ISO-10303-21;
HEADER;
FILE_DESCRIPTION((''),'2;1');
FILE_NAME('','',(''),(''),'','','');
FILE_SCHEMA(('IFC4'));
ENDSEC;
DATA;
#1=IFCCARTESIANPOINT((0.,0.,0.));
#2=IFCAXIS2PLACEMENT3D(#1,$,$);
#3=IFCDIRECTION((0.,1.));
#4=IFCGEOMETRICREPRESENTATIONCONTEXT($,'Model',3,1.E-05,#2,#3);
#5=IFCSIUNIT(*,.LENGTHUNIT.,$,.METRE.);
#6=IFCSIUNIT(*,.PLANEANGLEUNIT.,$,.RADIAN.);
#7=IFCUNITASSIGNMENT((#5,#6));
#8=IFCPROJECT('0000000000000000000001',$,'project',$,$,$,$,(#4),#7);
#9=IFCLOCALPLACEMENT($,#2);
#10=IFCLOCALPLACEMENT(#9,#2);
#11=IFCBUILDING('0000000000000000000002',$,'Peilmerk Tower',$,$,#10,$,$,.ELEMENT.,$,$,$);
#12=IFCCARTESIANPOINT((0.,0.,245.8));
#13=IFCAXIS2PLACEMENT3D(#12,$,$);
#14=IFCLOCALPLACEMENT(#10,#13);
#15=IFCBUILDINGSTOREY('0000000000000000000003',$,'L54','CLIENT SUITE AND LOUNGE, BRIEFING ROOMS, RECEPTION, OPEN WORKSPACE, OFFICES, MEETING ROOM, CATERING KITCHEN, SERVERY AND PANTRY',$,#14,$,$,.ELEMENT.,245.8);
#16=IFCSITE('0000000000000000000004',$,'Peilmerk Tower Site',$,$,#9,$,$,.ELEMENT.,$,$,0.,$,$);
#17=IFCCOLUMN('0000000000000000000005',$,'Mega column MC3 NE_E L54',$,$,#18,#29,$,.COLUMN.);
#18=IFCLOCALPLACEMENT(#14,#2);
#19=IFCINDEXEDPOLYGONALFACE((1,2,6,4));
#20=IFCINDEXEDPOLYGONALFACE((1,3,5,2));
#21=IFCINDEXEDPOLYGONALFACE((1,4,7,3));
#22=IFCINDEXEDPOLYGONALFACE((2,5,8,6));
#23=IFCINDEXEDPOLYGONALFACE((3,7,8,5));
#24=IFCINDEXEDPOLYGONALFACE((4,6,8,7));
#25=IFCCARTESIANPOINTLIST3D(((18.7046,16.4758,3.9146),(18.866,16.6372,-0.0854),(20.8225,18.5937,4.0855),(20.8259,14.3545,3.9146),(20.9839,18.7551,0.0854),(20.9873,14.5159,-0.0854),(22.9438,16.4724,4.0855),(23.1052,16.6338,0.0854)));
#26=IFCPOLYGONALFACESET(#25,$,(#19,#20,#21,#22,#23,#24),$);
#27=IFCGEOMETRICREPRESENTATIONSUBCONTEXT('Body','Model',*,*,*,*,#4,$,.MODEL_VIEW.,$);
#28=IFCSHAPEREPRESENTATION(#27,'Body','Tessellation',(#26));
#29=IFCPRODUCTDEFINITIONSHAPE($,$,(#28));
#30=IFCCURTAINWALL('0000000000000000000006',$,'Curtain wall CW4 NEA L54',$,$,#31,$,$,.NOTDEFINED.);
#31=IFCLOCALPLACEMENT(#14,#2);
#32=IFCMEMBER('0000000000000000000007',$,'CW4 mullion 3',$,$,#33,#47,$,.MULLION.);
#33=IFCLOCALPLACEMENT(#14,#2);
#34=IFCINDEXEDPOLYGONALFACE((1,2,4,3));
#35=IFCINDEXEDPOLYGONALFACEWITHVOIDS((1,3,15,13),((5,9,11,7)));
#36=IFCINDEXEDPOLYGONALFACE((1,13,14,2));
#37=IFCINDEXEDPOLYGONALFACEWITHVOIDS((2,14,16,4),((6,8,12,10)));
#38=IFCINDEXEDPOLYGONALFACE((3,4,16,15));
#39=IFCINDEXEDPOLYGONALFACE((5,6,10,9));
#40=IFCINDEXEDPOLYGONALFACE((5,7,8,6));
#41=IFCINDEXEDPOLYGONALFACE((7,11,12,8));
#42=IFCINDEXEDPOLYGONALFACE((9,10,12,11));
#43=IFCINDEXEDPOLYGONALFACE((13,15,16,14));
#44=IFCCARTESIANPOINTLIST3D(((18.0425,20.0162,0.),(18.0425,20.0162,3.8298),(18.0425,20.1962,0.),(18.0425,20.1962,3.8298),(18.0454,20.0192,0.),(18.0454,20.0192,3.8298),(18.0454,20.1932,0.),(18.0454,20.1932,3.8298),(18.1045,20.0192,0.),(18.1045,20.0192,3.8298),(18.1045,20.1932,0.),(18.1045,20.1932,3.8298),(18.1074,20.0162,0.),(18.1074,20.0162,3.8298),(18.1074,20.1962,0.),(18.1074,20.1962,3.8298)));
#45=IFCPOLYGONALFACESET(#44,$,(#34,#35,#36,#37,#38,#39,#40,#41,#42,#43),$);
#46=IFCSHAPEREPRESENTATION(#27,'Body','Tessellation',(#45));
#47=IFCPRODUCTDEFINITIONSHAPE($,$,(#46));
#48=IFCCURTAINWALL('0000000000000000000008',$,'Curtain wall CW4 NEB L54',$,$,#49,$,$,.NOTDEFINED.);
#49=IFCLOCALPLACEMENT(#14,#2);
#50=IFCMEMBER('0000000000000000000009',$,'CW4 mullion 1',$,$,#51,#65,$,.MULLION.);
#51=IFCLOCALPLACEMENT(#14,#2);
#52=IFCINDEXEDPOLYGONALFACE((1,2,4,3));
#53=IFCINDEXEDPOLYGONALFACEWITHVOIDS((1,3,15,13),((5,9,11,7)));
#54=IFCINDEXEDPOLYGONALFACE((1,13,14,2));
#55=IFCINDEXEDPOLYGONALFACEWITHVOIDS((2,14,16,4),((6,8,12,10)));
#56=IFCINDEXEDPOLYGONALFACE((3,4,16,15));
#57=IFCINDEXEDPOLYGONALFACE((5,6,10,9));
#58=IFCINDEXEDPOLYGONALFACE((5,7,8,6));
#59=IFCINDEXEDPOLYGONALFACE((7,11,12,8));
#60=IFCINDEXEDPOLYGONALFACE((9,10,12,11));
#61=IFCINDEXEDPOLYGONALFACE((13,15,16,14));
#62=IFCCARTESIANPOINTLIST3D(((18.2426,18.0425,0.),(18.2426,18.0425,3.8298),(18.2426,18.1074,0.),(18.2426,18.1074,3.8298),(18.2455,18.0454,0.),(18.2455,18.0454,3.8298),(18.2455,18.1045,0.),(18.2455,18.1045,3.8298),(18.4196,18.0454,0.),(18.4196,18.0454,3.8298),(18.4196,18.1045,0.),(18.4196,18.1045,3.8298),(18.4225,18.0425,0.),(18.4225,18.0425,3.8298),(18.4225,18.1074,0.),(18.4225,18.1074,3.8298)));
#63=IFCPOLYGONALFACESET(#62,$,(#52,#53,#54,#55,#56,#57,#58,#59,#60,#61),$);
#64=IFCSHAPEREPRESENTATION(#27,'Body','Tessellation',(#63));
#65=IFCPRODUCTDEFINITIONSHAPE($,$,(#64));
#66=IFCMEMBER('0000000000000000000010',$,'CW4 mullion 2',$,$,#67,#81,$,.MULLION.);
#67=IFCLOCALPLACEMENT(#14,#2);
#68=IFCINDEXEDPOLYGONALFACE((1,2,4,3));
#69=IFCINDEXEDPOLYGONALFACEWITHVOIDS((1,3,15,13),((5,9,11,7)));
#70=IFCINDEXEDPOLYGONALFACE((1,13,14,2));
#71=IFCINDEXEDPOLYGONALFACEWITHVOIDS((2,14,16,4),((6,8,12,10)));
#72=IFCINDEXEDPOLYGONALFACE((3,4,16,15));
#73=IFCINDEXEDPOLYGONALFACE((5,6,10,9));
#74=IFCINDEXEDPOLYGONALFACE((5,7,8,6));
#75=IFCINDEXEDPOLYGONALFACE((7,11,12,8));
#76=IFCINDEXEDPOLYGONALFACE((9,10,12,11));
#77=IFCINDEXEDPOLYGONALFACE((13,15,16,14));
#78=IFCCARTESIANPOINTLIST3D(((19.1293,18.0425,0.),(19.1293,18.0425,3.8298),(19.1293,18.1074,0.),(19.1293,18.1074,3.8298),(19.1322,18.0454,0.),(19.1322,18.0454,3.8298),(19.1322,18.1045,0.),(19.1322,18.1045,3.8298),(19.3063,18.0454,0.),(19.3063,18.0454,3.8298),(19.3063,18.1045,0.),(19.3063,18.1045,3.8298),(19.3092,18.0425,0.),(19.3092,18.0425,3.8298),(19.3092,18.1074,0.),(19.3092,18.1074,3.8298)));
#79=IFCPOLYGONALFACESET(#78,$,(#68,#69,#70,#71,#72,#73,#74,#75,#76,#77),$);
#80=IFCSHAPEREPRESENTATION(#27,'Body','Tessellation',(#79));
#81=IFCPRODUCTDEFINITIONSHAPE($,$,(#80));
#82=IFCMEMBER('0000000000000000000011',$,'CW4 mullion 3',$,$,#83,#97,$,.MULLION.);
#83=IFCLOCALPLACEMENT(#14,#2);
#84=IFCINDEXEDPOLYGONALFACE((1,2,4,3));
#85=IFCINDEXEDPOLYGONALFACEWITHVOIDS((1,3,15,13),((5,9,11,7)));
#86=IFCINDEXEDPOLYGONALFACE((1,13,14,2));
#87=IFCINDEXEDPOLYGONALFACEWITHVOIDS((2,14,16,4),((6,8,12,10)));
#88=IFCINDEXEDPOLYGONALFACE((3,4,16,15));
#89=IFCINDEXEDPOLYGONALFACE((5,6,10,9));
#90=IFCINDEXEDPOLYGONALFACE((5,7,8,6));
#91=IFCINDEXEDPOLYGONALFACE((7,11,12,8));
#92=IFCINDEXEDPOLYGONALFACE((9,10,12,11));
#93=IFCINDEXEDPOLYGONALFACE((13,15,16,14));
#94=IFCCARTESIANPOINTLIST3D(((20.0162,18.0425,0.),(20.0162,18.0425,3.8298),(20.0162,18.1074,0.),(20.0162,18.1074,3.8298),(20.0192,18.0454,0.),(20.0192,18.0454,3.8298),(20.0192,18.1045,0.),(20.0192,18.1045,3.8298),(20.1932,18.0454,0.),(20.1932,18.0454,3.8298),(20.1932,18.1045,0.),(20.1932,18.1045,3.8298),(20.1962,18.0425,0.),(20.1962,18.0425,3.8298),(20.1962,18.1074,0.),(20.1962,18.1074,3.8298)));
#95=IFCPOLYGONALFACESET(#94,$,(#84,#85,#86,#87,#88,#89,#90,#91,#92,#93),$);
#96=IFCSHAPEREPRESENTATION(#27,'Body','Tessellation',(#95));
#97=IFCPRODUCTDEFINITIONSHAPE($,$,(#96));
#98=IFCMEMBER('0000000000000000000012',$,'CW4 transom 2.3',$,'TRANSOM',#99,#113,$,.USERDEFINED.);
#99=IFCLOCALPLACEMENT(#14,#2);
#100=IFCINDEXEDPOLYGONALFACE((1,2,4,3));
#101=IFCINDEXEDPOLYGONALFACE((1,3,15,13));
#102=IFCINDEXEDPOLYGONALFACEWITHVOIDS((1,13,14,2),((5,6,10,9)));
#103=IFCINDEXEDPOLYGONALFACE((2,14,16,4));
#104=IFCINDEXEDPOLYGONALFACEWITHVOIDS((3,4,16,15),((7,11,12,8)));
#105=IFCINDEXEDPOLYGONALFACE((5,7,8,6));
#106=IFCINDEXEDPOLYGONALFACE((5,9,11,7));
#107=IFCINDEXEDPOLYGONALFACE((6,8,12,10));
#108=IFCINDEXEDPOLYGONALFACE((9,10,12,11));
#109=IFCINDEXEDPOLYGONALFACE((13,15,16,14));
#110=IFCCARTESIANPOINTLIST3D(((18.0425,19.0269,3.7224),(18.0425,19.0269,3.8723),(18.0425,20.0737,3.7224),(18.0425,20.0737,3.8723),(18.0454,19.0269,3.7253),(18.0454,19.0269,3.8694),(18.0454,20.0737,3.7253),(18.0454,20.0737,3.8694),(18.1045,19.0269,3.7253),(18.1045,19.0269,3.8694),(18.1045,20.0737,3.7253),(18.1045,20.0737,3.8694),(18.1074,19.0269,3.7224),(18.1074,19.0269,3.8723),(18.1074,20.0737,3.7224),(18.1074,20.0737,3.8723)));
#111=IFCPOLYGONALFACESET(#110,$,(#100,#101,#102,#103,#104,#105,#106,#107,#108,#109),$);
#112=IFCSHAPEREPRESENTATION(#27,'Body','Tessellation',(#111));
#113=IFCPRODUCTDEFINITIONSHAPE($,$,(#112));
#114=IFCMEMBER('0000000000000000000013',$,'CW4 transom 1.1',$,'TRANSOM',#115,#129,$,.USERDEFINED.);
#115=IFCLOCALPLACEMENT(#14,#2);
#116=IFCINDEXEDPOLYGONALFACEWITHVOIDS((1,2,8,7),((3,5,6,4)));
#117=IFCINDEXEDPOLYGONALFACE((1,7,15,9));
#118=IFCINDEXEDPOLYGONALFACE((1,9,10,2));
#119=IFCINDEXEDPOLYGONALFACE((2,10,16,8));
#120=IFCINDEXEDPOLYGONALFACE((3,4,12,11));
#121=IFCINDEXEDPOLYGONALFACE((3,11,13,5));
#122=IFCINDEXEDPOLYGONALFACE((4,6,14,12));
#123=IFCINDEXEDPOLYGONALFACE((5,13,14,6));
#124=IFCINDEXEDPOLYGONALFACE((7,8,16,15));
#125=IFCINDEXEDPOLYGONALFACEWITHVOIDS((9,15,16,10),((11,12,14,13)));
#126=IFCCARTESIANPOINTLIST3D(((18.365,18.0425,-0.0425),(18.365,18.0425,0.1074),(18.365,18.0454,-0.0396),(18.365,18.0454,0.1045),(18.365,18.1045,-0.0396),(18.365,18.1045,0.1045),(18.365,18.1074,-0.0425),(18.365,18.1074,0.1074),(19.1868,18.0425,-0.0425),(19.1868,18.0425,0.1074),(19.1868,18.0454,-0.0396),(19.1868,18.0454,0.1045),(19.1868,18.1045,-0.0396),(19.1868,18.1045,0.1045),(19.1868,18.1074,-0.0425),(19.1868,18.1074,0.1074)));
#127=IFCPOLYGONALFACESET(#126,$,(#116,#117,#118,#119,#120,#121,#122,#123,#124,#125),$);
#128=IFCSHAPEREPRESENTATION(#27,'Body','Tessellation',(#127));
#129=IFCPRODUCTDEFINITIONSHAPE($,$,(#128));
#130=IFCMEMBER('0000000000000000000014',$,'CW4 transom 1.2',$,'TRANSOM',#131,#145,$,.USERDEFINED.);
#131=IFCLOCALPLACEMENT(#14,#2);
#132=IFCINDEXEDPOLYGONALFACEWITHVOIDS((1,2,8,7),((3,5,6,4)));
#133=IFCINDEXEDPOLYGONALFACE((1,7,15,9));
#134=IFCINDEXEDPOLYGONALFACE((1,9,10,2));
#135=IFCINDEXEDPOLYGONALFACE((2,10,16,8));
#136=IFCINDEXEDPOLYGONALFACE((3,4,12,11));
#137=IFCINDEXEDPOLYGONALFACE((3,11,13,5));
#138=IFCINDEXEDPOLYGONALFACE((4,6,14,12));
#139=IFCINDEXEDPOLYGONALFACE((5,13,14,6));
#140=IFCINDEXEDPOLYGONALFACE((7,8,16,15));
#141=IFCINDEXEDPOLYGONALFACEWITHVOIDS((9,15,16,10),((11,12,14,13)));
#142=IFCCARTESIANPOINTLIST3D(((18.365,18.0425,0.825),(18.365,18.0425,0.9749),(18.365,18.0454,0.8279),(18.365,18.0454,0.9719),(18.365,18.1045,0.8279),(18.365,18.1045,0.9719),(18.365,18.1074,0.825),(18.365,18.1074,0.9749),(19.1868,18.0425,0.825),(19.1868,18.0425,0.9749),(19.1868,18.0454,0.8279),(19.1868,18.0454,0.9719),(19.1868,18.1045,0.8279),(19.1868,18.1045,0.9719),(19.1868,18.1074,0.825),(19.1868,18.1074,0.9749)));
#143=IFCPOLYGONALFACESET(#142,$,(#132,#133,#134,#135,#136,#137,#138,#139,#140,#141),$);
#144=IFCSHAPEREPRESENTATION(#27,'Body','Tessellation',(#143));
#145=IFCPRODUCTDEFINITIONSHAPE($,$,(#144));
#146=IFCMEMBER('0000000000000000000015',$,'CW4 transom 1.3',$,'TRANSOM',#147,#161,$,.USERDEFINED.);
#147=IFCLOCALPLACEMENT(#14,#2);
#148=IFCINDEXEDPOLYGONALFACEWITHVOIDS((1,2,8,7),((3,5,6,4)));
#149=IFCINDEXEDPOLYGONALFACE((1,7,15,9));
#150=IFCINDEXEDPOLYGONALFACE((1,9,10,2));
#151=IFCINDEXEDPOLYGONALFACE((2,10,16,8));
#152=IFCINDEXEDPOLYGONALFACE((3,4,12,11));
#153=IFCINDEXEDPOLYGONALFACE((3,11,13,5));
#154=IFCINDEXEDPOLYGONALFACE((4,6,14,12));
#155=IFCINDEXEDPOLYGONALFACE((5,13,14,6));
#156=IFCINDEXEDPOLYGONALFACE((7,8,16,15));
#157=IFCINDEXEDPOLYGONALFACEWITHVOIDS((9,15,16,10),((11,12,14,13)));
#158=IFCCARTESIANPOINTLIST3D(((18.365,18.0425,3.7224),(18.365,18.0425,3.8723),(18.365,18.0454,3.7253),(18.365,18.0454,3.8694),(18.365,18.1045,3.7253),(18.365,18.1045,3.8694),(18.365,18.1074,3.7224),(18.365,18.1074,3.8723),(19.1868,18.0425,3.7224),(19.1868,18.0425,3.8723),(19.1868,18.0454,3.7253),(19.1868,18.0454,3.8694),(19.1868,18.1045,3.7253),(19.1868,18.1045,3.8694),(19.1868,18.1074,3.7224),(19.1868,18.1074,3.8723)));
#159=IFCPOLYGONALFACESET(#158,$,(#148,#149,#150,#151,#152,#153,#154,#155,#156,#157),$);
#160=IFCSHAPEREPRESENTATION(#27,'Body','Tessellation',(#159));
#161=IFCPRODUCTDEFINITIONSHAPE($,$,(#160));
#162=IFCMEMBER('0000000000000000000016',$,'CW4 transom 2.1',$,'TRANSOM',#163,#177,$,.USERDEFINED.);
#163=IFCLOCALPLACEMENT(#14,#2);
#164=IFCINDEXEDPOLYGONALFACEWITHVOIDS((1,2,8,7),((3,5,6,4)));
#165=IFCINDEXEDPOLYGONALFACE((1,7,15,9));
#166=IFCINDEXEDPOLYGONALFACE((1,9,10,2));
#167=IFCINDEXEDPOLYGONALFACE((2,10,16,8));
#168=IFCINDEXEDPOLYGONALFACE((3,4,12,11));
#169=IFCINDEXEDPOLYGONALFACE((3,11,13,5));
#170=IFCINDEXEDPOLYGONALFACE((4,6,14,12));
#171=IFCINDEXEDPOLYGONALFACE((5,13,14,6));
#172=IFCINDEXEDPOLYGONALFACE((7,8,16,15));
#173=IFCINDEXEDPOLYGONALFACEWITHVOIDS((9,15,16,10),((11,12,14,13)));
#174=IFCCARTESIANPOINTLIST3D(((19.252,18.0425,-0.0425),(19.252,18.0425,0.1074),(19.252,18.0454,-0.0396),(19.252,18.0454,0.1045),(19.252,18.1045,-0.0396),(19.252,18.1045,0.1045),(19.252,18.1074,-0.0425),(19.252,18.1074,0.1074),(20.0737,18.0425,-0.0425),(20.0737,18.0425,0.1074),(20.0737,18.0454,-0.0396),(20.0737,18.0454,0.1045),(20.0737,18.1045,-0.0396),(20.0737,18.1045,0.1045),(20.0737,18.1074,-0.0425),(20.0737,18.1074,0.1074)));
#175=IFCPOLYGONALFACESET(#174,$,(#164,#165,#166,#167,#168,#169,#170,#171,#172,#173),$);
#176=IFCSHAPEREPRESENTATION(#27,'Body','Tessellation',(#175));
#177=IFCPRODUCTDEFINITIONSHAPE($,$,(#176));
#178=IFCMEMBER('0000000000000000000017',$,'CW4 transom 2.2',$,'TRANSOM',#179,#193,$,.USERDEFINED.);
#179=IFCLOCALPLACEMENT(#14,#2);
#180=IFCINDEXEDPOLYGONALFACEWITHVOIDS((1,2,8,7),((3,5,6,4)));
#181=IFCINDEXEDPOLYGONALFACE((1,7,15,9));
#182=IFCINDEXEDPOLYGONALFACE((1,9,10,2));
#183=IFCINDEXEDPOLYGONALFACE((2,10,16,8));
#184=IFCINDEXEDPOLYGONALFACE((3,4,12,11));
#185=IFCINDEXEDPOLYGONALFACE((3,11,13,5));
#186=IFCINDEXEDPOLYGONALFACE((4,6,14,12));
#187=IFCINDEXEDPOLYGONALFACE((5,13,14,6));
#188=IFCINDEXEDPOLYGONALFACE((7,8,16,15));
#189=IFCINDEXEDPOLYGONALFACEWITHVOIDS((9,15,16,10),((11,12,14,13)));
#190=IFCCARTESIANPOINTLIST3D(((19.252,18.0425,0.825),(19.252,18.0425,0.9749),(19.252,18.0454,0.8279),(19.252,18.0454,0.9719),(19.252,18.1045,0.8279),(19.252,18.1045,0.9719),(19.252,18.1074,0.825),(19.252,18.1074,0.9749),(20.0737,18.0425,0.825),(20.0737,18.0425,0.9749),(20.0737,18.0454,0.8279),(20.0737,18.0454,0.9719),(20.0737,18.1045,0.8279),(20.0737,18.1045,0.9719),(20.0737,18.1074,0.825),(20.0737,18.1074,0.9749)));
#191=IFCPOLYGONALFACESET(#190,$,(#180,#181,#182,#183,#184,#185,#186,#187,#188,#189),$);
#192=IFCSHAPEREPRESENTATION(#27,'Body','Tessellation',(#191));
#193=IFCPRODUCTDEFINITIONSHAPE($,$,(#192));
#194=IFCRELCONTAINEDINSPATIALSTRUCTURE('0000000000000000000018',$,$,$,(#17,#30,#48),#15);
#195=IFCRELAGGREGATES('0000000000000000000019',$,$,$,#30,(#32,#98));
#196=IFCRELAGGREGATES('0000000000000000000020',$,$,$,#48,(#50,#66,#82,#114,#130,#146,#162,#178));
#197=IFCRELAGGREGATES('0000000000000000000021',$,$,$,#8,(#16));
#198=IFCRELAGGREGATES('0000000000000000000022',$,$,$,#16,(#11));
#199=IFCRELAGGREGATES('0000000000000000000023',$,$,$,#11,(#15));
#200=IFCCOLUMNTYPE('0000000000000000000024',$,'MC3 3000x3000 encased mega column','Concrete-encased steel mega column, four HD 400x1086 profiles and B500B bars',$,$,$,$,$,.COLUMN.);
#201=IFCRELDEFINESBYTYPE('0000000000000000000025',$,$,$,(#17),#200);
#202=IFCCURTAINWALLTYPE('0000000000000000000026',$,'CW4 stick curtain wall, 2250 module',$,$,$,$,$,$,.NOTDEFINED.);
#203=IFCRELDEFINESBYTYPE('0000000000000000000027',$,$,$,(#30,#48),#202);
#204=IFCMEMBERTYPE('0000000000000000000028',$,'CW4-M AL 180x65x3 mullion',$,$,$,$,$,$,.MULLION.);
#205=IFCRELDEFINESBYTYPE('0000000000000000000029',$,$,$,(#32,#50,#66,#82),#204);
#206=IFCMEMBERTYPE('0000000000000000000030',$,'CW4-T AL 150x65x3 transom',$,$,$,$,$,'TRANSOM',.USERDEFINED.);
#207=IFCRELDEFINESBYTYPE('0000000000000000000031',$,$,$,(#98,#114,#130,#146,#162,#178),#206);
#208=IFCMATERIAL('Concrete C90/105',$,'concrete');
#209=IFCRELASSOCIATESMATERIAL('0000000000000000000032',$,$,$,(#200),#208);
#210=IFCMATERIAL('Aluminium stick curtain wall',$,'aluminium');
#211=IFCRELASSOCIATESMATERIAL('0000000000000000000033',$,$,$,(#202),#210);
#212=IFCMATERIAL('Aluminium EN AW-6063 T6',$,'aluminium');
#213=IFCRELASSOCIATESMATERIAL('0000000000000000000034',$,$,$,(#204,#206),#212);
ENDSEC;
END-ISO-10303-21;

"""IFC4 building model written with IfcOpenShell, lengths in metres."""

from ifc_helpers import new_model, si_unit, direction, frame, origin, origin_2d, place, context, subcontext, project, spatial, rectangle, hollow_rectangle, extrude, material, material_profile, profile_set, type_object, element, aggregate, save


model = new_model("IFC4")

# Units and contexts
model_context = context("Model", 3, precision=1e-05, world=origin(), true_north=direction((0.0, 1.0)))
body_context = subcontext(model_context, "Body", "Model", "MODEL_VIEW")
ifc_project = project(units=[si_unit("LENGTHUNIT", "METRE"), si_unit("PLANEANGLEUNIT", "RADIAN")], contexts=[model_context])

# Site, building, storey
site_placement = place(None, origin())
site = spatial("IfcSite", under=ifc_project, at=site_placement, Name="Peilmerk Tower Site", CompositionType="ELEMENT", RefElevation=0.0)
building_placement = place(site_placement, origin())
building = spatial("IfcBuilding", under=site, at=building_placement, Name="Peilmerk Tower", CompositionType="ELEMENT")
storey_placement = place(building_placement, frame((0.0, 0.0, 245.8)))
storey = spatial("IfcBuildingStorey", under=building, at=storey_placement, Name="L54", Description="CLIENT SUITE AND LOUNGE, BRIEFING ROOMS, RECEPTION, OPEN WORKSPACE, OFFICES, MEETING ROOM, CATERING KITCHEN, SERVERY AND PANTRY", CompositionType="ELEMENT", Elevation=245.8)

# Column
ifc_material_1 = material(Name="Concrete C90/105", Category="concrete")
ifc_material_profile_1 = material_profile(ifc_material_1, rectangle(XDim=3.0, YDim=3.0, at=origin_2d()), Name="RC 3000x3000")
ifc_profile_set_1 = profile_set([ifc_material_profile_1], Name="Concrete C90/105")
column_type = type_object("IfcColumnType", Name="MC3 3000x3000 encased mega column", Description="Concrete-encased steel mega column, four HD 400x1086 profiles and B500B bars", PredefinedType="COLUMN", material=ifc_profile_set_1)
column_placement = place(storey_placement, frame((20.9856, 16.6355, 0.0), z_axis=(-0.040279, -0.040279, 0.998376), x_axis=(0.707107, -0.707107, 0.0)))
element("IfcColumn", 1, at=column_placement, inside=storey, type_object=column_type, Name="Mega column MC3 NE_E L54", PredefinedType="COLUMN", context=body_context, shape_type="SweptSolid", body=[
    extrude(rectangle(XDim=3.0, YDim=3.0, at=origin_2d()), origin(), (0.0, 0.0, 1.0), 4.0066),
])

# Curtain wall, member
ifc_material_2 = material(Name="Aluminium stick curtain wall", Category="aluminium")
curtain_wall_type = type_object("IfcCurtainWallType", Name="CW4 stick curtain wall, 2250 module", PredefinedType="NOTDEFINED", material=ifc_material_2)
curtain_wall_1_placement = place(storey_placement, origin())
curtain_wall_1 = element("IfcCurtainWall", 2, at=curtain_wall_1_placement, inside=storey, type_object=curtain_wall_type, Name="Curtain wall CW4 NEA L54", PredefinedType="NOTDEFINED")
ifc_material_3 = material(Name="Aluminium EN AW-6063 T6", Category="aluminium")
ifc_material_profile_2 = material_profile(ifc_material_3, hollow_rectangle(XDim=0.0649, YDim=0.1799, WallThickness=0.0029, at=origin_2d()), Name="AL 180x65x3")
ifc_profile_set_2 = profile_set([ifc_material_profile_2], Name="Aluminium EN AW-6063 T6")
member_type_1 = type_object("IfcMemberType", Name="CW4-M AL 180x65x3 mullion", PredefinedType="MULLION", material=ifc_profile_set_2)
member_1_placement = place(storey_placement, frame((18.075, 20.1062, 0.0), z_axis=(0.0, 0.0, 1.0), x_axis=(-1.0, 0.0, 0.0)))
member_1 = element("IfcMember", 3, at=member_1_placement, type_object=member_type_1, Name="CW4 mullion 3", PredefinedType="MULLION", context=body_context, shape_type="SweptSolid", body=[
    extrude(hollow_rectangle(XDim=0.0649, YDim=0.1799, WallThickness=0.0029, at=origin_2d()), origin(), (0.0, 0.0, 1.0), 3.8298),
])

# Curtain wall, members
curtain_wall_2_placement = place(storey_placement, origin())
curtain_wall_2 = element("IfcCurtainWall", 4, at=curtain_wall_2_placement, inside=storey, type_object=curtain_wall_type, Name="Curtain wall CW4 NEB L54", PredefinedType="NOTDEFINED")
member_2_placement = place(storey_placement, frame((18.3325, 18.075, 0.0), z_axis=(0.0, 0.0, 1.0), x_axis=(0.0, 1.0, 0.0)))
member_2 = element("IfcMember", 5, at=member_2_placement, type_object=member_type_1, Name="CW4 mullion 1", PredefinedType="MULLION", context=body_context, shape_type="SweptSolid", body=[
    extrude(hollow_rectangle(XDim=0.0649, YDim=0.1799, WallThickness=0.0029, at=origin_2d()), origin(), (0.0, 0.0, 1.0), 3.8298),
])
member_3_placement = place(storey_placement, frame((19.2192, 18.075, 0.0), z_axis=(0.0, 0.0, 1.0), x_axis=(0.0, 1.0, 0.0)))
member_3 = element("IfcMember", 6, at=member_3_placement, type_object=member_type_1, Name="CW4 mullion 2", PredefinedType="MULLION", context=body_context, shape_type="SweptSolid", body=[
    extrude(hollow_rectangle(XDim=0.0649, YDim=0.1799, WallThickness=0.0029, at=origin_2d()), origin(), (0.0, 0.0, 1.0), 3.8298),
])
member_4_placement = place(storey_placement, frame((20.1062, 18.075, 0.0), z_axis=(0.0, 0.0, 1.0), x_axis=(0.0, 1.0, 0.0)))
member_4 = element("IfcMember", 7, at=member_4_placement, type_object=member_type_1, Name="CW4 mullion 3", PredefinedType="MULLION", context=body_context, shape_type="SweptSolid", body=[
    extrude(hollow_rectangle(XDim=0.0649, YDim=0.1799, WallThickness=0.0029, at=origin_2d()), origin(), (0.0, 0.0, 1.0), 3.8298),
])

# Members
ifc_material_profile_3 = material_profile(ifc_material_3, hollow_rectangle(XDim=0.0649, YDim=0.1499, WallThickness=0.0029, at=origin_2d()), Name="AL 150x65x3")
ifc_profile_set_3 = profile_set([ifc_material_profile_3], Name="Aluminium EN AW-6063 T6")
member_type_2 = type_object("IfcMemberType", Name="CW4-T AL 150x65x3 transom", ElementType="TRANSOM", PredefinedType="USERDEFINED", material=ifc_profile_set_3)
member_5_placement = place(storey_placement, frame((18.075, 19.0269, 3.7974), z_axis=(0.0, 1.0, 0.0), x_axis=(-1.0, 0.0, 0.0)))
member_5 = element("IfcMember", 8, at=member_5_placement, type_object=member_type_2, Name="CW4 transom 2.3", ObjectType="TRANSOM", PredefinedType="USERDEFINED", context=body_context, shape_type="SweptSolid", body=[
    extrude(hollow_rectangle(XDim=0.0649, YDim=0.1499, WallThickness=0.0029, at=origin_2d()), origin(), (0.0, 0.0, 1.0), 1.0469),
])
member_6_placement = place(storey_placement, frame((18.365, 18.075, 0.0325), z_axis=(1.0, 0.0, 0.0), x_axis=(0.0, 1.0, 0.0)))
member_6 = element("IfcMember", 9, at=member_6_placement, type_object=member_type_2, Name="CW4 transom 1.1", ObjectType="TRANSOM", PredefinedType="USERDEFINED", context=body_context, shape_type="SweptSolid", body=[
    extrude(hollow_rectangle(XDim=0.0649, YDim=0.1499, WallThickness=0.0029, at=origin_2d()), origin(), (0.0, 0.0, 1.0), 0.8218),
])
member_7_placement = place(storey_placement, frame((18.365, 18.075, 0.8999), z_axis=(1.0, 0.0, 0.0), x_axis=(0.0, 1.0, 0.0)))
member_7 = element("IfcMember", 10, at=member_7_placement, type_object=member_type_2, Name="CW4 transom 1.2", ObjectType="TRANSOM", PredefinedType="USERDEFINED", context=body_context, shape_type="SweptSolid", body=[
    extrude(hollow_rectangle(XDim=0.0649, YDim=0.1499, WallThickness=0.0029, at=origin_2d()), origin(), (0.0, 0.0, 1.0), 0.8218),
])
member_8_placement = place(storey_placement, frame((18.365, 18.075, 3.7974), z_axis=(1.0, 0.0, 0.0), x_axis=(0.0, 1.0, 0.0)))
member_8 = element("IfcMember", 11, at=member_8_placement, type_object=member_type_2, Name="CW4 transom 1.3", ObjectType="TRANSOM", PredefinedType="USERDEFINED", context=body_context, shape_type="SweptSolid", body=[
    extrude(hollow_rectangle(XDim=0.0649, YDim=0.1499, WallThickness=0.0029, at=origin_2d()), origin(), (0.0, 0.0, 1.0), 0.8218),
])
member_9_placement = place(storey_placement, frame((19.252, 18.075, 0.0325), z_axis=(1.0, 0.0, 0.0), x_axis=(0.0, 1.0, 0.0)))
member_9 = element("IfcMember", 12, at=member_9_placement, type_object=member_type_2, Name="CW4 transom 2.1", ObjectType="TRANSOM", PredefinedType="USERDEFINED", context=body_context, shape_type="SweptSolid", body=[
    extrude(hollow_rectangle(XDim=0.0649, YDim=0.1499, WallThickness=0.0029, at=origin_2d()), origin(), (0.0, 0.0, 1.0), 0.8218),
])
member_10_placement = place(storey_placement, frame((19.252, 18.075, 0.8999), z_axis=(1.0, 0.0, 0.0), x_axis=(0.0, 1.0, 0.0)))
member_10 = element("IfcMember", 13, at=member_10_placement, type_object=member_type_2, Name="CW4 transom 2.2", ObjectType="TRANSOM", PredefinedType="USERDEFINED", context=body_context, shape_type="SweptSolid", body=[
    extrude(hollow_rectangle(XDim=0.0649, YDim=0.1499, WallThickness=0.0029, at=origin_2d()), origin(), (0.0, 0.0, 1.0), 0.8218),
])

aggregate(curtain_wall_1, [member_1, member_5])
aggregate(curtain_wall_2, [member_2, member_3, member_4, member_6, member_7, member_8, member_9, member_10])

save(model, "model.ifc")
